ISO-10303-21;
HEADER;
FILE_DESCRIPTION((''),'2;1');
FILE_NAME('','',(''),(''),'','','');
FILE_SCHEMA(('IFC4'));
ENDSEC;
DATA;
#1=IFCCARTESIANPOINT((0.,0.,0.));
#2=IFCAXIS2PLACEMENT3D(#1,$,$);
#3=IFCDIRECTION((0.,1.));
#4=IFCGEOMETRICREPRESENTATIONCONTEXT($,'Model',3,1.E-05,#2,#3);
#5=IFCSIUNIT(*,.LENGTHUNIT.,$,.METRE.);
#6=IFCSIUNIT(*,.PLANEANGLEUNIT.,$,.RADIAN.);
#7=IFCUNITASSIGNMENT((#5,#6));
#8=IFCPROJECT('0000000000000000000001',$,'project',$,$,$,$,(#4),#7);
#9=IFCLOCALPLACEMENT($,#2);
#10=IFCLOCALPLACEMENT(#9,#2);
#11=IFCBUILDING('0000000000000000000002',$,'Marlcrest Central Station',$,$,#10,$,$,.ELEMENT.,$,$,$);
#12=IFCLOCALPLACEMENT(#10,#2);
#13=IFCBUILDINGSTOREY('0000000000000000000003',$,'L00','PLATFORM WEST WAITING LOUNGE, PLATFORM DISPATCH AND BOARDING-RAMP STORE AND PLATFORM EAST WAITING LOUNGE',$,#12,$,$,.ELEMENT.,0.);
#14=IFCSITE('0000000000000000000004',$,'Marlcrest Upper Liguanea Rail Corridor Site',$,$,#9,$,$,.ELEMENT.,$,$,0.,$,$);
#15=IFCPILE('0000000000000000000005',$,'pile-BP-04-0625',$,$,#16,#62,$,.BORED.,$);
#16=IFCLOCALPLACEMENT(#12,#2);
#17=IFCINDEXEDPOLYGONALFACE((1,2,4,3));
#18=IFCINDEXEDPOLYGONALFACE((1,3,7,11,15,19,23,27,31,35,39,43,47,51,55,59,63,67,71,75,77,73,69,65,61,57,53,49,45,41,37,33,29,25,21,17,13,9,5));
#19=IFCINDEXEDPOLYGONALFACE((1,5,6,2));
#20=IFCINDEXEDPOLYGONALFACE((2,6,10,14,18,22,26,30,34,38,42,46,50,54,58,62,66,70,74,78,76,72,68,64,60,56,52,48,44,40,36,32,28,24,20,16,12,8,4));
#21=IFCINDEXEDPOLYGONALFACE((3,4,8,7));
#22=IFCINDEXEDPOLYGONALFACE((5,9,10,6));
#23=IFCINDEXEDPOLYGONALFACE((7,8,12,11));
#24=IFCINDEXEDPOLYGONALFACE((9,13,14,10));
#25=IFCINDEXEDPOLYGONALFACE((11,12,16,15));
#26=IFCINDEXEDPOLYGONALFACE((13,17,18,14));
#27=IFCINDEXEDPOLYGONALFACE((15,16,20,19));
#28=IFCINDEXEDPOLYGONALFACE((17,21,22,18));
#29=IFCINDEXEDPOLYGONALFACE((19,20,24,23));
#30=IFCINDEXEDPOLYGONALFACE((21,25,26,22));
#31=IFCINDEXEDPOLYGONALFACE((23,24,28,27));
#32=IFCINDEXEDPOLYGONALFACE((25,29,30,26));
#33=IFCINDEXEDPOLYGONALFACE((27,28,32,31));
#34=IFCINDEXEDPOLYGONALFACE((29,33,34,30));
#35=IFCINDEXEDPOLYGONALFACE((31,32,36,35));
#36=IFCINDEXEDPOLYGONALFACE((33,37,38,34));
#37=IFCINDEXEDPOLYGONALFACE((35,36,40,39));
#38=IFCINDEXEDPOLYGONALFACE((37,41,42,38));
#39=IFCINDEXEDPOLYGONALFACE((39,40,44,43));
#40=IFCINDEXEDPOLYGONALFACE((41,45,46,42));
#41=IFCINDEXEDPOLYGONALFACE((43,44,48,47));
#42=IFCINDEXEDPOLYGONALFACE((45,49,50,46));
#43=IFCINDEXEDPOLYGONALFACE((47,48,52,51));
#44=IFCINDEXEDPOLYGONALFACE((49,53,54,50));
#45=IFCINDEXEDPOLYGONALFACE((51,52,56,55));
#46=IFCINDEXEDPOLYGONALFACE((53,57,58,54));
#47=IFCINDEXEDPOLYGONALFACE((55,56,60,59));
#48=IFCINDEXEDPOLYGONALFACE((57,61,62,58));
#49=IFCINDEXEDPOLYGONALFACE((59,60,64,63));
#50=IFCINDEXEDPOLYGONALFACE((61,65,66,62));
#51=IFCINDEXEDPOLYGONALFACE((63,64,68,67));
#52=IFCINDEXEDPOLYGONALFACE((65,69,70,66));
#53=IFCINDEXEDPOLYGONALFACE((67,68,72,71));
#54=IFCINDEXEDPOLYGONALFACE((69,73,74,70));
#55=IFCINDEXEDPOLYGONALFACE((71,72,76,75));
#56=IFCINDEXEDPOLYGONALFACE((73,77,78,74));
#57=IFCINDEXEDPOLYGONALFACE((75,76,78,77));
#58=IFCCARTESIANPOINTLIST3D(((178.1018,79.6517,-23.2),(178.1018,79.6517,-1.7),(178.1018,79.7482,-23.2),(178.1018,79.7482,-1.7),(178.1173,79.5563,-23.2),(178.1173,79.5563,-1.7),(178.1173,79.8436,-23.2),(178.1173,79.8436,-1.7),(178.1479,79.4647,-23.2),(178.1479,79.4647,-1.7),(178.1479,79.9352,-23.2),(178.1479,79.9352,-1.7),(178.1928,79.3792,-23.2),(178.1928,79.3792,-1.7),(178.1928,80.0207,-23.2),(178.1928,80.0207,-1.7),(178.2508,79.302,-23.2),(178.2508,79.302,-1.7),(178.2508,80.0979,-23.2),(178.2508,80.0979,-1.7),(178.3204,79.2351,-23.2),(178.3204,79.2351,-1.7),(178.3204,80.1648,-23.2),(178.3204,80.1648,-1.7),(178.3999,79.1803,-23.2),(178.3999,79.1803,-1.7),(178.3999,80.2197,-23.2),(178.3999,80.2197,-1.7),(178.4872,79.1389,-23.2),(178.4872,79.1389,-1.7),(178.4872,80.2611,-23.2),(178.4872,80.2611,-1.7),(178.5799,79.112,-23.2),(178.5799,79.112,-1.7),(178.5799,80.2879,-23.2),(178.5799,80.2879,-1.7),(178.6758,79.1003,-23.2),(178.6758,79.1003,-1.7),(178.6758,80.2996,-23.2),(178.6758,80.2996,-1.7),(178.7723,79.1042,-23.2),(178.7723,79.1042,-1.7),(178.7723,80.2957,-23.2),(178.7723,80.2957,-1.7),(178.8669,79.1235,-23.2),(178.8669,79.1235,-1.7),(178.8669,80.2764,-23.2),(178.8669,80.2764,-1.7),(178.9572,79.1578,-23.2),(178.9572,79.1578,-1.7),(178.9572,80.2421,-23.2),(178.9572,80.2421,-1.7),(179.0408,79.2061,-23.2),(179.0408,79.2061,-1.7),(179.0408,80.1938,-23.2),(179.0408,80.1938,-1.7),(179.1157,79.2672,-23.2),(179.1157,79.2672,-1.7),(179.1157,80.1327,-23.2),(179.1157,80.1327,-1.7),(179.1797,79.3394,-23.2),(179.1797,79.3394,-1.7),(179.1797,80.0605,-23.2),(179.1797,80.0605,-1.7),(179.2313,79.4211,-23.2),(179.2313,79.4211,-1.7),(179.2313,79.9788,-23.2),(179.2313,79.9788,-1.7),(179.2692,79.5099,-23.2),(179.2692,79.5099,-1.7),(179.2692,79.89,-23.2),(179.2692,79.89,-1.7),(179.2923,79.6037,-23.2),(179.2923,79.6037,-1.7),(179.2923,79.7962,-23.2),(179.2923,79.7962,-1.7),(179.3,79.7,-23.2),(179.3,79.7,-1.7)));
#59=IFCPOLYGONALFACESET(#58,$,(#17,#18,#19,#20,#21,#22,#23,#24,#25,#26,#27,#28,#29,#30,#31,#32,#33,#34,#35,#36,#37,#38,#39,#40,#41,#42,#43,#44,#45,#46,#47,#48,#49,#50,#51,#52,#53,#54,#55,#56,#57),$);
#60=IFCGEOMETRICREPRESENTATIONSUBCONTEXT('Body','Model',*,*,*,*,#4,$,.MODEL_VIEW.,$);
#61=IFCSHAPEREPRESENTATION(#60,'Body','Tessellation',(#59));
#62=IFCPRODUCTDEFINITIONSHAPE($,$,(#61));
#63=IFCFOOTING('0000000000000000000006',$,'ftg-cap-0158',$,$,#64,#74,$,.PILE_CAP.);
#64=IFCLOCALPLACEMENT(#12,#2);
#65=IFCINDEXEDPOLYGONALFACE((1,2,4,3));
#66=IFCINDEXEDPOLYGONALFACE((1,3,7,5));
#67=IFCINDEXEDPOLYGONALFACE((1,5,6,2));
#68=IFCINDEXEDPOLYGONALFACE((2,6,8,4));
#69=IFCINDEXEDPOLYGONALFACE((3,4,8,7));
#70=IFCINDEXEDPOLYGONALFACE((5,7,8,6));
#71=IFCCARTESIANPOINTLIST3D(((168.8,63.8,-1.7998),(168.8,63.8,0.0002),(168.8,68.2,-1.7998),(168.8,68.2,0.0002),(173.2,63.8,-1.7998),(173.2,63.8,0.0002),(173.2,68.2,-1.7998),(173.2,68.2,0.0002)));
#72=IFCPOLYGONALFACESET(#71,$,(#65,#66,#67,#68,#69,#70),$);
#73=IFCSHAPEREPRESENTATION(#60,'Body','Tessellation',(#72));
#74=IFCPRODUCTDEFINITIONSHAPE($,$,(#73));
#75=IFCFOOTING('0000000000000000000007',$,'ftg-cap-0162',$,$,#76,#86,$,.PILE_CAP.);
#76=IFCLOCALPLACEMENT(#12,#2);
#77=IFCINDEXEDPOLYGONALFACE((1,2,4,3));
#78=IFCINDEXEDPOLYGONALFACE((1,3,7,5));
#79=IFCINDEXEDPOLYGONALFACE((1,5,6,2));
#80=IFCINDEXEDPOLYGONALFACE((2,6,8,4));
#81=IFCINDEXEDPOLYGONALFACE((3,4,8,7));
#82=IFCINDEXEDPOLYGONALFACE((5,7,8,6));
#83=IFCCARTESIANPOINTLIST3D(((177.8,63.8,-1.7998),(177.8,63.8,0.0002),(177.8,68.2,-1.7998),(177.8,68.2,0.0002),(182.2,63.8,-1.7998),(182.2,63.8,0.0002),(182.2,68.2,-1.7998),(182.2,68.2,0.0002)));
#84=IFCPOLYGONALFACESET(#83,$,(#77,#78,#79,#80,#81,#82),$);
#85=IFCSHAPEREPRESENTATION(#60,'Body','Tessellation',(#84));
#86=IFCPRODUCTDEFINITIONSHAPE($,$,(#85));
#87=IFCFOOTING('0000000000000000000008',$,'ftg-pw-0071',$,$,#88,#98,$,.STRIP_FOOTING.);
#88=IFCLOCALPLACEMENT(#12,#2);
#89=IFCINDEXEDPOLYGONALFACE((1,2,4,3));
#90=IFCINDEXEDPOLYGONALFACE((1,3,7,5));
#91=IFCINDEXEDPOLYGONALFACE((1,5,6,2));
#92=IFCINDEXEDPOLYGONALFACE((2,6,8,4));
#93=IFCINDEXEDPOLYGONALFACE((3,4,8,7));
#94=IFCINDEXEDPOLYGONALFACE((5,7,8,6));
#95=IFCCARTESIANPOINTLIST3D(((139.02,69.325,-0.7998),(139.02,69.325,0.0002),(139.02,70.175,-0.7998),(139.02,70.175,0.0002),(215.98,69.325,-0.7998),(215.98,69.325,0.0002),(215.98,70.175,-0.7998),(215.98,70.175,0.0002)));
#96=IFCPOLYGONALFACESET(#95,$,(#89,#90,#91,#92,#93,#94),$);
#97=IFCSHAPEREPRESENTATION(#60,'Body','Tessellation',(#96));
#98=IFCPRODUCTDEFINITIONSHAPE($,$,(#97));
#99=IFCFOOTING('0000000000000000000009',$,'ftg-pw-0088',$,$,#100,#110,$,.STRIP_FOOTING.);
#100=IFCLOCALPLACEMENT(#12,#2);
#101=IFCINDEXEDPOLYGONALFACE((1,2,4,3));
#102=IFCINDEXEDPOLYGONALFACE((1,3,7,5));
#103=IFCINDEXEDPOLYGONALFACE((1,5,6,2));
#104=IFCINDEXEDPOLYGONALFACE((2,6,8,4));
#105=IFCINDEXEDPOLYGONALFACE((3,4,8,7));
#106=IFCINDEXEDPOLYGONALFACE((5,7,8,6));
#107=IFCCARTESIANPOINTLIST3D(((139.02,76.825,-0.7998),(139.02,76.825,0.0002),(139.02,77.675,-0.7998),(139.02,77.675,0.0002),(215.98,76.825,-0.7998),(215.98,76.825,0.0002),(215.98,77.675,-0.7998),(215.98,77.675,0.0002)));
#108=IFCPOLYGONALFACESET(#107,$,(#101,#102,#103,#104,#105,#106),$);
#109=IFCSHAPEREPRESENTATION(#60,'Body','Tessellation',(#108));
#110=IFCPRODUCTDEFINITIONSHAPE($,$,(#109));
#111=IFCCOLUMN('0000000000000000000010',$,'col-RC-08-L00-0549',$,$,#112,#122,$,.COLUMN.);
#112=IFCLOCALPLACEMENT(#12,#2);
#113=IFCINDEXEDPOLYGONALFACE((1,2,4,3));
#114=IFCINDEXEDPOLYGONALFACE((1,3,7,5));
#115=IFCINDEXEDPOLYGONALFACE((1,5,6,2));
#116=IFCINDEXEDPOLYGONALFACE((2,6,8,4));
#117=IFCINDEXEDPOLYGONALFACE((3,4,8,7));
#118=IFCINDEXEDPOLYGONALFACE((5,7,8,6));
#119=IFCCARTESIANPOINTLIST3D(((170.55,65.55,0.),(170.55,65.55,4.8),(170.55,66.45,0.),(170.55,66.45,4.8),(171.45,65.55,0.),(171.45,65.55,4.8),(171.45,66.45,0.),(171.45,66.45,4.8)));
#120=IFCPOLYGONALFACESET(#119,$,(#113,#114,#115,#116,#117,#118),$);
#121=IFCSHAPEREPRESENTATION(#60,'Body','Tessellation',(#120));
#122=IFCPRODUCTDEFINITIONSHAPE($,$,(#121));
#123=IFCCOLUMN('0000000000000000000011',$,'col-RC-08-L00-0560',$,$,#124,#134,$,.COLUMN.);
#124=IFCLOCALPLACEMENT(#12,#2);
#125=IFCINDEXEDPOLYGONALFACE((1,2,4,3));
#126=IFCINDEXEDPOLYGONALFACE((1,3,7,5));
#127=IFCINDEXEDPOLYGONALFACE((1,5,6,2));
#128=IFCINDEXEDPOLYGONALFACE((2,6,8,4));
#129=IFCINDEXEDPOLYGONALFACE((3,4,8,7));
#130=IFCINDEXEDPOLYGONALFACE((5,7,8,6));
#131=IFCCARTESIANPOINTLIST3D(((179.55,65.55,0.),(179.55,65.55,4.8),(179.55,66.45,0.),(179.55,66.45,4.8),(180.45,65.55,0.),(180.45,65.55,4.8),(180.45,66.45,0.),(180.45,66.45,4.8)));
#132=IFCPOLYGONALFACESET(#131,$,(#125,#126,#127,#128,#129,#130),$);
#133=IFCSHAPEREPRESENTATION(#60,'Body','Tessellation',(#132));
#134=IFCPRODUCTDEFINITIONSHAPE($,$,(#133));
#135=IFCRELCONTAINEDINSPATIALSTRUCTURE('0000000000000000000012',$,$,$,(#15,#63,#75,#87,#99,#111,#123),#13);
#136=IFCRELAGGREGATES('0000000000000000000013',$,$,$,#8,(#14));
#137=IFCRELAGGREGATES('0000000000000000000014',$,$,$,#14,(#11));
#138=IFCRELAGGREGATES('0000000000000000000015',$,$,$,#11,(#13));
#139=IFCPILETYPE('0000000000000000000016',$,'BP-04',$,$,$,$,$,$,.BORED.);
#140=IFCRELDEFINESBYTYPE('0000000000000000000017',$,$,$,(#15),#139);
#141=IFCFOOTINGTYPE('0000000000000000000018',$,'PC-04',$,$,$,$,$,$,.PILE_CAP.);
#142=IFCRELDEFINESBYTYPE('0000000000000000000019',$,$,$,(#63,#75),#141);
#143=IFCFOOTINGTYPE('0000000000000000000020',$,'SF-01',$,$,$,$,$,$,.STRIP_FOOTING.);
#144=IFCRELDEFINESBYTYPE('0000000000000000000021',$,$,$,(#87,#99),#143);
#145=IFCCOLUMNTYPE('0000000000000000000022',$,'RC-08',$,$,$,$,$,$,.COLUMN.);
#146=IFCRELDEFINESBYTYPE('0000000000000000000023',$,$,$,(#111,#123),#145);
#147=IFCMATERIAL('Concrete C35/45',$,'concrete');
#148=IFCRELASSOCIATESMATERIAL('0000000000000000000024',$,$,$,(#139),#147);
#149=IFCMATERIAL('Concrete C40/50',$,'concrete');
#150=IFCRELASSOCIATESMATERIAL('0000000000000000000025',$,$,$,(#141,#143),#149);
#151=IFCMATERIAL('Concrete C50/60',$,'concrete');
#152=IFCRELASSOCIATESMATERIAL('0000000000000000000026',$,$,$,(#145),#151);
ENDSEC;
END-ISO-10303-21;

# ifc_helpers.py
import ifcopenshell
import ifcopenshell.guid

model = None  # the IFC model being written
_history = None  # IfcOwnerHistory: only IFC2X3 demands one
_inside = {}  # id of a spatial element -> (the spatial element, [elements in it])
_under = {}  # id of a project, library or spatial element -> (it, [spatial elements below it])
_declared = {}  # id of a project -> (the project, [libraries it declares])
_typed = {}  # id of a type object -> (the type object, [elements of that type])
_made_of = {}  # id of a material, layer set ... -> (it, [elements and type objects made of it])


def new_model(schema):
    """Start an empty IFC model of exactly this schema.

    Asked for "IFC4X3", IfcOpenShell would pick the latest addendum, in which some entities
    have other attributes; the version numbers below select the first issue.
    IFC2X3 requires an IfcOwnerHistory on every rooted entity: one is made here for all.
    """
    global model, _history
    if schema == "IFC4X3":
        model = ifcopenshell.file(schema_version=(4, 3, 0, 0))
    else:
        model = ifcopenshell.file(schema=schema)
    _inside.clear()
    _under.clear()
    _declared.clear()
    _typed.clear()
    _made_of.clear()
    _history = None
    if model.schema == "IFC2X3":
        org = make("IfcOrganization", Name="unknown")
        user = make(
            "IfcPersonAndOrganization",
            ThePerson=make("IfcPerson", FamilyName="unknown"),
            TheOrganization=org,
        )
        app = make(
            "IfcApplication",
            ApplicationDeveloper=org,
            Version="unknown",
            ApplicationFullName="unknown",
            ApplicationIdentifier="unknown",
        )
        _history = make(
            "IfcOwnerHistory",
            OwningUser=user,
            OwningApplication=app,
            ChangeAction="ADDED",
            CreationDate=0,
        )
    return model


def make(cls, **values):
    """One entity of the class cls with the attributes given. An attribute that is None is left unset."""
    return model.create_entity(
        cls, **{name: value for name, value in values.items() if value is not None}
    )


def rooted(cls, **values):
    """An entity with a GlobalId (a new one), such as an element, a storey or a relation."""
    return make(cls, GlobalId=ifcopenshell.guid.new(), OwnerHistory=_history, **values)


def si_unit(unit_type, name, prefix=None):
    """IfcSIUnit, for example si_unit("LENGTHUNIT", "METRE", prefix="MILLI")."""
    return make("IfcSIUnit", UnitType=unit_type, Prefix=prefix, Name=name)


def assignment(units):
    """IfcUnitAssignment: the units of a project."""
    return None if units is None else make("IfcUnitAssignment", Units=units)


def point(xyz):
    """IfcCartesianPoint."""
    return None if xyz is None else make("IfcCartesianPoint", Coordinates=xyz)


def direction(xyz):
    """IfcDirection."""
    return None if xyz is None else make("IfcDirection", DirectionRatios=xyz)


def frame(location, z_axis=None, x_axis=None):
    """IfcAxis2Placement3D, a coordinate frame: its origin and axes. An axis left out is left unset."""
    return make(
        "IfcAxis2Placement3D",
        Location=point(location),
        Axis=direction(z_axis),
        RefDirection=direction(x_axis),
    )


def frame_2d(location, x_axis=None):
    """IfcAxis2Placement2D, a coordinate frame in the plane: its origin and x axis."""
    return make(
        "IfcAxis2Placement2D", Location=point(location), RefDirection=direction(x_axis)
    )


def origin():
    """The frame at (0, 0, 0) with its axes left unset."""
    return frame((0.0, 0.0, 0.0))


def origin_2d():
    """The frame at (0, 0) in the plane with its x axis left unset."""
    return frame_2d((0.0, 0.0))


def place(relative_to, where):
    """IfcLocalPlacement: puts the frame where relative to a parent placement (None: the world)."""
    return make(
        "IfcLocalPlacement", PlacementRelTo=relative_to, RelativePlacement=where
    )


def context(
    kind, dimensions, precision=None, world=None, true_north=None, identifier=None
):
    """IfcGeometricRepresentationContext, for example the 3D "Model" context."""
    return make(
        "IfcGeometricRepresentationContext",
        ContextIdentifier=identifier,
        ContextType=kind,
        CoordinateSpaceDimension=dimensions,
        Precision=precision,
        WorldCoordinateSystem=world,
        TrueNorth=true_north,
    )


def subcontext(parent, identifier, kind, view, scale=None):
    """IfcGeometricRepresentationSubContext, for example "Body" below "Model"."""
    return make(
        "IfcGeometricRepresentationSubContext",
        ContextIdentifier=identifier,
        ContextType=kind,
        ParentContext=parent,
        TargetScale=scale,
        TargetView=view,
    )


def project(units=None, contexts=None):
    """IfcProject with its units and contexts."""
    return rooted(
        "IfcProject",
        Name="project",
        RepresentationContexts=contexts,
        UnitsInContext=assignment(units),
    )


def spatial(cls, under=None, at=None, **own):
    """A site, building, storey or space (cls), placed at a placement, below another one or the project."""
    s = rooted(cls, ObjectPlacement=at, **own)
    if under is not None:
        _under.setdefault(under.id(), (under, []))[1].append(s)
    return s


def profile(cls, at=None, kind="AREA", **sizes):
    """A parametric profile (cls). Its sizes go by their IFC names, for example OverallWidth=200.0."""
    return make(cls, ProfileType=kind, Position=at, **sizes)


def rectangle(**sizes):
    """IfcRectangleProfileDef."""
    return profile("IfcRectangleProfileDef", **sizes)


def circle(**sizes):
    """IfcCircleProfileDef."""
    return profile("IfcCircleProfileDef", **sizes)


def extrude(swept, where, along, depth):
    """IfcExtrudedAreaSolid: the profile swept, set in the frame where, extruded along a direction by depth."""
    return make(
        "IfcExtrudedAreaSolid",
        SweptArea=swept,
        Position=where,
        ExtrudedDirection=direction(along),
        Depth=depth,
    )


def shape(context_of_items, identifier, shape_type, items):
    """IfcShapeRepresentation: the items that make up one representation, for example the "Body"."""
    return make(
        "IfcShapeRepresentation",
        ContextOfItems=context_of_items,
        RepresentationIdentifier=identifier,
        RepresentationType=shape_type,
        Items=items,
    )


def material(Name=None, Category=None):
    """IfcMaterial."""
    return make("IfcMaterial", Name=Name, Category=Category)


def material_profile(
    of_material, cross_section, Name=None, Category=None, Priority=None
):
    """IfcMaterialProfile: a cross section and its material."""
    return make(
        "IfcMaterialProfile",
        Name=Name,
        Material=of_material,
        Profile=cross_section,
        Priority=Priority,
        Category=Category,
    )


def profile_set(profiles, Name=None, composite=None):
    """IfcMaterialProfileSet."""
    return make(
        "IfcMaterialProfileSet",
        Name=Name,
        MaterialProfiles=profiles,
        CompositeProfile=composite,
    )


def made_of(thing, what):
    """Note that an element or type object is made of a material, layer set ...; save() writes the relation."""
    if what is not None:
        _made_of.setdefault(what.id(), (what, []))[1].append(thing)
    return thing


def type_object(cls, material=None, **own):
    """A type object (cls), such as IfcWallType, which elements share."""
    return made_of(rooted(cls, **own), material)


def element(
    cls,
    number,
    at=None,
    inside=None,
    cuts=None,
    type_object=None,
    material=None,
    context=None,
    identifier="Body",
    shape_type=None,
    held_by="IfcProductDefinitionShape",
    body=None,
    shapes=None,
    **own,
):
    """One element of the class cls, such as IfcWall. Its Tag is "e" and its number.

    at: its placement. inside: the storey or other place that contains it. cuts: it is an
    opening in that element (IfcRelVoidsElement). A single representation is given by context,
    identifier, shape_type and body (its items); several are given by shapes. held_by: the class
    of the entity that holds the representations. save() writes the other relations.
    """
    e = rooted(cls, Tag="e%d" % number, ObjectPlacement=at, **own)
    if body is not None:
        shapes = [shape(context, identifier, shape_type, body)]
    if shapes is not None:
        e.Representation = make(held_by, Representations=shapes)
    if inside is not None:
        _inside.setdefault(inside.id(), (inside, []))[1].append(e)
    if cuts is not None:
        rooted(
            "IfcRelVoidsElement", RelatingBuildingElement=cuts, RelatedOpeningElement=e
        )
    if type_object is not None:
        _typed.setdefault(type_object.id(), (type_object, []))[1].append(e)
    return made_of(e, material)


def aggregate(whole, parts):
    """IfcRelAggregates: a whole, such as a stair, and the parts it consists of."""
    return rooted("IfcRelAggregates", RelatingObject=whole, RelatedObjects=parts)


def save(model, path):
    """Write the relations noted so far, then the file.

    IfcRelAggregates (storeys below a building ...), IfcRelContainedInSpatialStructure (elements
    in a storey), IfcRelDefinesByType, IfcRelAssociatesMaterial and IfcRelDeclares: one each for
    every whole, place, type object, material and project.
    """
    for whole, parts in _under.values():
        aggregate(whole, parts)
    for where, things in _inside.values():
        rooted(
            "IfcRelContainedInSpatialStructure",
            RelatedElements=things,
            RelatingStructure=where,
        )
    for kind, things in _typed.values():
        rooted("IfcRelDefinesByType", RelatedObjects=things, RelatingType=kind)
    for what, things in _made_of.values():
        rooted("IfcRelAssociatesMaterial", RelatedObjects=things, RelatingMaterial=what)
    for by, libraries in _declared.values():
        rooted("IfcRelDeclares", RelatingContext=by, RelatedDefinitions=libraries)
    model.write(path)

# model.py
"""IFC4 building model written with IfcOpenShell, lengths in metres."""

from ifc_helpers import new_model, si_unit, direction, frame, origin, origin_2d, place, context, subcontext, project, spatial, rectangle, circle, extrude, material, material_profile, profile_set, type_object, element, save


model = new_model("IFC4")

# Units and contexts
model_context = context("Model", 3, precision=1e-05, world=origin(), true_north=direction((0.0, 1.0)))
body_context = subcontext(model_context, "Body", "Model", "MODEL_VIEW")
ifc_project = project(units=[si_unit("LENGTHUNIT", "METRE"), si_unit("PLANEANGLEUNIT", "RADIAN")], contexts=[model_context])

# Site, building, storey
site_placement = place(None, origin())
site = spatial("IfcSite", under=ifc_project, at=site_placement, Name="Marlcrest Upper Liguanea Rail Corridor Site", CompositionType="ELEMENT", RefElevation=0.0)
building_placement = place(site_placement, origin())
building = spatial("IfcBuilding", under=site, at=building_placement, Name="Marlcrest Central Station", CompositionType="ELEMENT")
storey_placement = place(building_placement, origin())
storey = spatial("IfcBuildingStorey", under=building, at=storey_placement, Name="L00", Description="PLATFORM WEST WAITING LOUNGE, PLATFORM DISPATCH AND BOARDING-RAMP STORE AND PLATFORM EAST WAITING LOUNGE", CompositionType="ELEMENT", Elevation=0.0)

# Pile
ifc_material_1 = material(Name="Concrete C35/45", Category="concrete")
ifc_material_profile_1 = material_profile(ifc_material_1, circle(Radius=0.6001, at=origin_2d()), Name="PILE D1200")
ifc_profile_set_1 = profile_set([ifc_material_profile_1], Name="Concrete C35/45")
pile_type = type_object("IfcPileType", Name="BP-04", PredefinedType="BORED", material=ifc_profile_set_1)
for number, where, z_axis, x_axis, name in (
    (1, (178.7, 79.7, -1.7), (0.0, 0.0, -1.0), (1.0, 0.0, 0.0), "pile-BP-04-0625"),
):
    element("IfcPile", number, at=place(storey_placement, frame(where, z_axis=z_axis, x_axis=x_axis)), inside=storey, type_object=pile_type, Name=name, PredefinedType="BORED", context=body_context, shape_type="SweptSolid", body=[
        extrude(circle(Radius=0.6001, at=origin_2d()), origin(), (0.0, 0.0, 1.0), 21.5),
    ])

# Footings
ifc_material_2 = material(Name="Concrete C40/50", Category="concrete")
footing_type_1 = type_object("IfcFootingType", Name="PC-04", PredefinedType="PILE_CAP", material=ifc_material_2)
for number, where, z_axis, x_axis, name in (
    (2, (171.0, 66.0, -1.7998), (0.0, 0.0, 1.0), (1.0, 0.0, 0.0), "ftg-cap-0158"),
    (3, (180.0, 66.0, -1.7998), (0.0, 0.0, 1.0), (1.0, 0.0, 0.0), "ftg-cap-0162"),
):
    element("IfcFooting", number, at=place(storey_placement, frame(where, z_axis=z_axis, x_axis=x_axis)), inside=storey, type_object=footing_type_1, Name=name, PredefinedType="PILE_CAP", context=body_context, shape_type="SweptSolid", body=[
        extrude(rectangle(XDim=4.3999, YDim=4.3999, at=origin_2d()), origin(), (0.0, 0.0, 1.0), 1.8),
    ])
footing_type_2 = type_object("IfcFootingType", Name="SF-01", PredefinedType="STRIP_FOOTING", material=ifc_material_2)
for number, where, z_axis, x_axis, name in (
    (4, (177.5, 69.75, -0.7998), (0.0, 0.0, 1.0), (1.0, 0.0, 0.0), "ftg-pw-0071"),
    (5, (177.5, 77.25, -0.7998), (0.0, 0.0, 1.0), (1.0, 0.0, 0.0), "ftg-pw-0088"),
):
    element("IfcFooting", number, at=place(storey_placement, frame(where, z_axis=z_axis, x_axis=x_axis)), inside=storey, type_object=footing_type_2, Name=name, PredefinedType="STRIP_FOOTING", context=body_context, shape_type="SweptSolid", body=[
        extrude(rectangle(XDim=76.96, YDim=0.8501, at=origin_2d()), origin(), (0.0, 0.0, 1.0), 0.8),
    ])

# Columns
ifc_material_3 = material(Name="Concrete C50/60", Category="concrete")
ifc_material_profile_2 = material_profile(ifc_material_3, rectangle(XDim=0.8999, YDim=0.8999, at=origin_2d()), Name="RC 900x900")
ifc_profile_set_2 = profile_set([ifc_material_profile_2], Name="Concrete C50/60")
column_type = type_object("IfcColumnType", Name="RC-08", PredefinedType="COLUMN", material=ifc_profile_set_2)
for number, where, z_axis, x_axis, name in (
    (6, (171.0, 66.0, 0.0), (0.0, 0.0, 1.0), (1.0, 0.0, 0.0), "col-RC-08-L00-0549"),
    (7, (180.0, 66.0, 0.0), (0.0, 0.0, 1.0), (1.0, 0.0, 0.0), "col-RC-08-L00-0560"),
):
    element("IfcColumn", number, at=place(storey_placement, frame(where, z_axis=z_axis, x_axis=x_axis)), inside=storey, type_object=column_type, Name=name, PredefinedType="COLUMN", context=body_context, shape_type="SweptSolid", body=[
        extrude(rectangle(XDim=0.8999, YDim=0.8999, at=origin_2d()), origin(), (0.0, 0.0, 1.0), 4.8),
    ])

save(model, "model.ifc")
